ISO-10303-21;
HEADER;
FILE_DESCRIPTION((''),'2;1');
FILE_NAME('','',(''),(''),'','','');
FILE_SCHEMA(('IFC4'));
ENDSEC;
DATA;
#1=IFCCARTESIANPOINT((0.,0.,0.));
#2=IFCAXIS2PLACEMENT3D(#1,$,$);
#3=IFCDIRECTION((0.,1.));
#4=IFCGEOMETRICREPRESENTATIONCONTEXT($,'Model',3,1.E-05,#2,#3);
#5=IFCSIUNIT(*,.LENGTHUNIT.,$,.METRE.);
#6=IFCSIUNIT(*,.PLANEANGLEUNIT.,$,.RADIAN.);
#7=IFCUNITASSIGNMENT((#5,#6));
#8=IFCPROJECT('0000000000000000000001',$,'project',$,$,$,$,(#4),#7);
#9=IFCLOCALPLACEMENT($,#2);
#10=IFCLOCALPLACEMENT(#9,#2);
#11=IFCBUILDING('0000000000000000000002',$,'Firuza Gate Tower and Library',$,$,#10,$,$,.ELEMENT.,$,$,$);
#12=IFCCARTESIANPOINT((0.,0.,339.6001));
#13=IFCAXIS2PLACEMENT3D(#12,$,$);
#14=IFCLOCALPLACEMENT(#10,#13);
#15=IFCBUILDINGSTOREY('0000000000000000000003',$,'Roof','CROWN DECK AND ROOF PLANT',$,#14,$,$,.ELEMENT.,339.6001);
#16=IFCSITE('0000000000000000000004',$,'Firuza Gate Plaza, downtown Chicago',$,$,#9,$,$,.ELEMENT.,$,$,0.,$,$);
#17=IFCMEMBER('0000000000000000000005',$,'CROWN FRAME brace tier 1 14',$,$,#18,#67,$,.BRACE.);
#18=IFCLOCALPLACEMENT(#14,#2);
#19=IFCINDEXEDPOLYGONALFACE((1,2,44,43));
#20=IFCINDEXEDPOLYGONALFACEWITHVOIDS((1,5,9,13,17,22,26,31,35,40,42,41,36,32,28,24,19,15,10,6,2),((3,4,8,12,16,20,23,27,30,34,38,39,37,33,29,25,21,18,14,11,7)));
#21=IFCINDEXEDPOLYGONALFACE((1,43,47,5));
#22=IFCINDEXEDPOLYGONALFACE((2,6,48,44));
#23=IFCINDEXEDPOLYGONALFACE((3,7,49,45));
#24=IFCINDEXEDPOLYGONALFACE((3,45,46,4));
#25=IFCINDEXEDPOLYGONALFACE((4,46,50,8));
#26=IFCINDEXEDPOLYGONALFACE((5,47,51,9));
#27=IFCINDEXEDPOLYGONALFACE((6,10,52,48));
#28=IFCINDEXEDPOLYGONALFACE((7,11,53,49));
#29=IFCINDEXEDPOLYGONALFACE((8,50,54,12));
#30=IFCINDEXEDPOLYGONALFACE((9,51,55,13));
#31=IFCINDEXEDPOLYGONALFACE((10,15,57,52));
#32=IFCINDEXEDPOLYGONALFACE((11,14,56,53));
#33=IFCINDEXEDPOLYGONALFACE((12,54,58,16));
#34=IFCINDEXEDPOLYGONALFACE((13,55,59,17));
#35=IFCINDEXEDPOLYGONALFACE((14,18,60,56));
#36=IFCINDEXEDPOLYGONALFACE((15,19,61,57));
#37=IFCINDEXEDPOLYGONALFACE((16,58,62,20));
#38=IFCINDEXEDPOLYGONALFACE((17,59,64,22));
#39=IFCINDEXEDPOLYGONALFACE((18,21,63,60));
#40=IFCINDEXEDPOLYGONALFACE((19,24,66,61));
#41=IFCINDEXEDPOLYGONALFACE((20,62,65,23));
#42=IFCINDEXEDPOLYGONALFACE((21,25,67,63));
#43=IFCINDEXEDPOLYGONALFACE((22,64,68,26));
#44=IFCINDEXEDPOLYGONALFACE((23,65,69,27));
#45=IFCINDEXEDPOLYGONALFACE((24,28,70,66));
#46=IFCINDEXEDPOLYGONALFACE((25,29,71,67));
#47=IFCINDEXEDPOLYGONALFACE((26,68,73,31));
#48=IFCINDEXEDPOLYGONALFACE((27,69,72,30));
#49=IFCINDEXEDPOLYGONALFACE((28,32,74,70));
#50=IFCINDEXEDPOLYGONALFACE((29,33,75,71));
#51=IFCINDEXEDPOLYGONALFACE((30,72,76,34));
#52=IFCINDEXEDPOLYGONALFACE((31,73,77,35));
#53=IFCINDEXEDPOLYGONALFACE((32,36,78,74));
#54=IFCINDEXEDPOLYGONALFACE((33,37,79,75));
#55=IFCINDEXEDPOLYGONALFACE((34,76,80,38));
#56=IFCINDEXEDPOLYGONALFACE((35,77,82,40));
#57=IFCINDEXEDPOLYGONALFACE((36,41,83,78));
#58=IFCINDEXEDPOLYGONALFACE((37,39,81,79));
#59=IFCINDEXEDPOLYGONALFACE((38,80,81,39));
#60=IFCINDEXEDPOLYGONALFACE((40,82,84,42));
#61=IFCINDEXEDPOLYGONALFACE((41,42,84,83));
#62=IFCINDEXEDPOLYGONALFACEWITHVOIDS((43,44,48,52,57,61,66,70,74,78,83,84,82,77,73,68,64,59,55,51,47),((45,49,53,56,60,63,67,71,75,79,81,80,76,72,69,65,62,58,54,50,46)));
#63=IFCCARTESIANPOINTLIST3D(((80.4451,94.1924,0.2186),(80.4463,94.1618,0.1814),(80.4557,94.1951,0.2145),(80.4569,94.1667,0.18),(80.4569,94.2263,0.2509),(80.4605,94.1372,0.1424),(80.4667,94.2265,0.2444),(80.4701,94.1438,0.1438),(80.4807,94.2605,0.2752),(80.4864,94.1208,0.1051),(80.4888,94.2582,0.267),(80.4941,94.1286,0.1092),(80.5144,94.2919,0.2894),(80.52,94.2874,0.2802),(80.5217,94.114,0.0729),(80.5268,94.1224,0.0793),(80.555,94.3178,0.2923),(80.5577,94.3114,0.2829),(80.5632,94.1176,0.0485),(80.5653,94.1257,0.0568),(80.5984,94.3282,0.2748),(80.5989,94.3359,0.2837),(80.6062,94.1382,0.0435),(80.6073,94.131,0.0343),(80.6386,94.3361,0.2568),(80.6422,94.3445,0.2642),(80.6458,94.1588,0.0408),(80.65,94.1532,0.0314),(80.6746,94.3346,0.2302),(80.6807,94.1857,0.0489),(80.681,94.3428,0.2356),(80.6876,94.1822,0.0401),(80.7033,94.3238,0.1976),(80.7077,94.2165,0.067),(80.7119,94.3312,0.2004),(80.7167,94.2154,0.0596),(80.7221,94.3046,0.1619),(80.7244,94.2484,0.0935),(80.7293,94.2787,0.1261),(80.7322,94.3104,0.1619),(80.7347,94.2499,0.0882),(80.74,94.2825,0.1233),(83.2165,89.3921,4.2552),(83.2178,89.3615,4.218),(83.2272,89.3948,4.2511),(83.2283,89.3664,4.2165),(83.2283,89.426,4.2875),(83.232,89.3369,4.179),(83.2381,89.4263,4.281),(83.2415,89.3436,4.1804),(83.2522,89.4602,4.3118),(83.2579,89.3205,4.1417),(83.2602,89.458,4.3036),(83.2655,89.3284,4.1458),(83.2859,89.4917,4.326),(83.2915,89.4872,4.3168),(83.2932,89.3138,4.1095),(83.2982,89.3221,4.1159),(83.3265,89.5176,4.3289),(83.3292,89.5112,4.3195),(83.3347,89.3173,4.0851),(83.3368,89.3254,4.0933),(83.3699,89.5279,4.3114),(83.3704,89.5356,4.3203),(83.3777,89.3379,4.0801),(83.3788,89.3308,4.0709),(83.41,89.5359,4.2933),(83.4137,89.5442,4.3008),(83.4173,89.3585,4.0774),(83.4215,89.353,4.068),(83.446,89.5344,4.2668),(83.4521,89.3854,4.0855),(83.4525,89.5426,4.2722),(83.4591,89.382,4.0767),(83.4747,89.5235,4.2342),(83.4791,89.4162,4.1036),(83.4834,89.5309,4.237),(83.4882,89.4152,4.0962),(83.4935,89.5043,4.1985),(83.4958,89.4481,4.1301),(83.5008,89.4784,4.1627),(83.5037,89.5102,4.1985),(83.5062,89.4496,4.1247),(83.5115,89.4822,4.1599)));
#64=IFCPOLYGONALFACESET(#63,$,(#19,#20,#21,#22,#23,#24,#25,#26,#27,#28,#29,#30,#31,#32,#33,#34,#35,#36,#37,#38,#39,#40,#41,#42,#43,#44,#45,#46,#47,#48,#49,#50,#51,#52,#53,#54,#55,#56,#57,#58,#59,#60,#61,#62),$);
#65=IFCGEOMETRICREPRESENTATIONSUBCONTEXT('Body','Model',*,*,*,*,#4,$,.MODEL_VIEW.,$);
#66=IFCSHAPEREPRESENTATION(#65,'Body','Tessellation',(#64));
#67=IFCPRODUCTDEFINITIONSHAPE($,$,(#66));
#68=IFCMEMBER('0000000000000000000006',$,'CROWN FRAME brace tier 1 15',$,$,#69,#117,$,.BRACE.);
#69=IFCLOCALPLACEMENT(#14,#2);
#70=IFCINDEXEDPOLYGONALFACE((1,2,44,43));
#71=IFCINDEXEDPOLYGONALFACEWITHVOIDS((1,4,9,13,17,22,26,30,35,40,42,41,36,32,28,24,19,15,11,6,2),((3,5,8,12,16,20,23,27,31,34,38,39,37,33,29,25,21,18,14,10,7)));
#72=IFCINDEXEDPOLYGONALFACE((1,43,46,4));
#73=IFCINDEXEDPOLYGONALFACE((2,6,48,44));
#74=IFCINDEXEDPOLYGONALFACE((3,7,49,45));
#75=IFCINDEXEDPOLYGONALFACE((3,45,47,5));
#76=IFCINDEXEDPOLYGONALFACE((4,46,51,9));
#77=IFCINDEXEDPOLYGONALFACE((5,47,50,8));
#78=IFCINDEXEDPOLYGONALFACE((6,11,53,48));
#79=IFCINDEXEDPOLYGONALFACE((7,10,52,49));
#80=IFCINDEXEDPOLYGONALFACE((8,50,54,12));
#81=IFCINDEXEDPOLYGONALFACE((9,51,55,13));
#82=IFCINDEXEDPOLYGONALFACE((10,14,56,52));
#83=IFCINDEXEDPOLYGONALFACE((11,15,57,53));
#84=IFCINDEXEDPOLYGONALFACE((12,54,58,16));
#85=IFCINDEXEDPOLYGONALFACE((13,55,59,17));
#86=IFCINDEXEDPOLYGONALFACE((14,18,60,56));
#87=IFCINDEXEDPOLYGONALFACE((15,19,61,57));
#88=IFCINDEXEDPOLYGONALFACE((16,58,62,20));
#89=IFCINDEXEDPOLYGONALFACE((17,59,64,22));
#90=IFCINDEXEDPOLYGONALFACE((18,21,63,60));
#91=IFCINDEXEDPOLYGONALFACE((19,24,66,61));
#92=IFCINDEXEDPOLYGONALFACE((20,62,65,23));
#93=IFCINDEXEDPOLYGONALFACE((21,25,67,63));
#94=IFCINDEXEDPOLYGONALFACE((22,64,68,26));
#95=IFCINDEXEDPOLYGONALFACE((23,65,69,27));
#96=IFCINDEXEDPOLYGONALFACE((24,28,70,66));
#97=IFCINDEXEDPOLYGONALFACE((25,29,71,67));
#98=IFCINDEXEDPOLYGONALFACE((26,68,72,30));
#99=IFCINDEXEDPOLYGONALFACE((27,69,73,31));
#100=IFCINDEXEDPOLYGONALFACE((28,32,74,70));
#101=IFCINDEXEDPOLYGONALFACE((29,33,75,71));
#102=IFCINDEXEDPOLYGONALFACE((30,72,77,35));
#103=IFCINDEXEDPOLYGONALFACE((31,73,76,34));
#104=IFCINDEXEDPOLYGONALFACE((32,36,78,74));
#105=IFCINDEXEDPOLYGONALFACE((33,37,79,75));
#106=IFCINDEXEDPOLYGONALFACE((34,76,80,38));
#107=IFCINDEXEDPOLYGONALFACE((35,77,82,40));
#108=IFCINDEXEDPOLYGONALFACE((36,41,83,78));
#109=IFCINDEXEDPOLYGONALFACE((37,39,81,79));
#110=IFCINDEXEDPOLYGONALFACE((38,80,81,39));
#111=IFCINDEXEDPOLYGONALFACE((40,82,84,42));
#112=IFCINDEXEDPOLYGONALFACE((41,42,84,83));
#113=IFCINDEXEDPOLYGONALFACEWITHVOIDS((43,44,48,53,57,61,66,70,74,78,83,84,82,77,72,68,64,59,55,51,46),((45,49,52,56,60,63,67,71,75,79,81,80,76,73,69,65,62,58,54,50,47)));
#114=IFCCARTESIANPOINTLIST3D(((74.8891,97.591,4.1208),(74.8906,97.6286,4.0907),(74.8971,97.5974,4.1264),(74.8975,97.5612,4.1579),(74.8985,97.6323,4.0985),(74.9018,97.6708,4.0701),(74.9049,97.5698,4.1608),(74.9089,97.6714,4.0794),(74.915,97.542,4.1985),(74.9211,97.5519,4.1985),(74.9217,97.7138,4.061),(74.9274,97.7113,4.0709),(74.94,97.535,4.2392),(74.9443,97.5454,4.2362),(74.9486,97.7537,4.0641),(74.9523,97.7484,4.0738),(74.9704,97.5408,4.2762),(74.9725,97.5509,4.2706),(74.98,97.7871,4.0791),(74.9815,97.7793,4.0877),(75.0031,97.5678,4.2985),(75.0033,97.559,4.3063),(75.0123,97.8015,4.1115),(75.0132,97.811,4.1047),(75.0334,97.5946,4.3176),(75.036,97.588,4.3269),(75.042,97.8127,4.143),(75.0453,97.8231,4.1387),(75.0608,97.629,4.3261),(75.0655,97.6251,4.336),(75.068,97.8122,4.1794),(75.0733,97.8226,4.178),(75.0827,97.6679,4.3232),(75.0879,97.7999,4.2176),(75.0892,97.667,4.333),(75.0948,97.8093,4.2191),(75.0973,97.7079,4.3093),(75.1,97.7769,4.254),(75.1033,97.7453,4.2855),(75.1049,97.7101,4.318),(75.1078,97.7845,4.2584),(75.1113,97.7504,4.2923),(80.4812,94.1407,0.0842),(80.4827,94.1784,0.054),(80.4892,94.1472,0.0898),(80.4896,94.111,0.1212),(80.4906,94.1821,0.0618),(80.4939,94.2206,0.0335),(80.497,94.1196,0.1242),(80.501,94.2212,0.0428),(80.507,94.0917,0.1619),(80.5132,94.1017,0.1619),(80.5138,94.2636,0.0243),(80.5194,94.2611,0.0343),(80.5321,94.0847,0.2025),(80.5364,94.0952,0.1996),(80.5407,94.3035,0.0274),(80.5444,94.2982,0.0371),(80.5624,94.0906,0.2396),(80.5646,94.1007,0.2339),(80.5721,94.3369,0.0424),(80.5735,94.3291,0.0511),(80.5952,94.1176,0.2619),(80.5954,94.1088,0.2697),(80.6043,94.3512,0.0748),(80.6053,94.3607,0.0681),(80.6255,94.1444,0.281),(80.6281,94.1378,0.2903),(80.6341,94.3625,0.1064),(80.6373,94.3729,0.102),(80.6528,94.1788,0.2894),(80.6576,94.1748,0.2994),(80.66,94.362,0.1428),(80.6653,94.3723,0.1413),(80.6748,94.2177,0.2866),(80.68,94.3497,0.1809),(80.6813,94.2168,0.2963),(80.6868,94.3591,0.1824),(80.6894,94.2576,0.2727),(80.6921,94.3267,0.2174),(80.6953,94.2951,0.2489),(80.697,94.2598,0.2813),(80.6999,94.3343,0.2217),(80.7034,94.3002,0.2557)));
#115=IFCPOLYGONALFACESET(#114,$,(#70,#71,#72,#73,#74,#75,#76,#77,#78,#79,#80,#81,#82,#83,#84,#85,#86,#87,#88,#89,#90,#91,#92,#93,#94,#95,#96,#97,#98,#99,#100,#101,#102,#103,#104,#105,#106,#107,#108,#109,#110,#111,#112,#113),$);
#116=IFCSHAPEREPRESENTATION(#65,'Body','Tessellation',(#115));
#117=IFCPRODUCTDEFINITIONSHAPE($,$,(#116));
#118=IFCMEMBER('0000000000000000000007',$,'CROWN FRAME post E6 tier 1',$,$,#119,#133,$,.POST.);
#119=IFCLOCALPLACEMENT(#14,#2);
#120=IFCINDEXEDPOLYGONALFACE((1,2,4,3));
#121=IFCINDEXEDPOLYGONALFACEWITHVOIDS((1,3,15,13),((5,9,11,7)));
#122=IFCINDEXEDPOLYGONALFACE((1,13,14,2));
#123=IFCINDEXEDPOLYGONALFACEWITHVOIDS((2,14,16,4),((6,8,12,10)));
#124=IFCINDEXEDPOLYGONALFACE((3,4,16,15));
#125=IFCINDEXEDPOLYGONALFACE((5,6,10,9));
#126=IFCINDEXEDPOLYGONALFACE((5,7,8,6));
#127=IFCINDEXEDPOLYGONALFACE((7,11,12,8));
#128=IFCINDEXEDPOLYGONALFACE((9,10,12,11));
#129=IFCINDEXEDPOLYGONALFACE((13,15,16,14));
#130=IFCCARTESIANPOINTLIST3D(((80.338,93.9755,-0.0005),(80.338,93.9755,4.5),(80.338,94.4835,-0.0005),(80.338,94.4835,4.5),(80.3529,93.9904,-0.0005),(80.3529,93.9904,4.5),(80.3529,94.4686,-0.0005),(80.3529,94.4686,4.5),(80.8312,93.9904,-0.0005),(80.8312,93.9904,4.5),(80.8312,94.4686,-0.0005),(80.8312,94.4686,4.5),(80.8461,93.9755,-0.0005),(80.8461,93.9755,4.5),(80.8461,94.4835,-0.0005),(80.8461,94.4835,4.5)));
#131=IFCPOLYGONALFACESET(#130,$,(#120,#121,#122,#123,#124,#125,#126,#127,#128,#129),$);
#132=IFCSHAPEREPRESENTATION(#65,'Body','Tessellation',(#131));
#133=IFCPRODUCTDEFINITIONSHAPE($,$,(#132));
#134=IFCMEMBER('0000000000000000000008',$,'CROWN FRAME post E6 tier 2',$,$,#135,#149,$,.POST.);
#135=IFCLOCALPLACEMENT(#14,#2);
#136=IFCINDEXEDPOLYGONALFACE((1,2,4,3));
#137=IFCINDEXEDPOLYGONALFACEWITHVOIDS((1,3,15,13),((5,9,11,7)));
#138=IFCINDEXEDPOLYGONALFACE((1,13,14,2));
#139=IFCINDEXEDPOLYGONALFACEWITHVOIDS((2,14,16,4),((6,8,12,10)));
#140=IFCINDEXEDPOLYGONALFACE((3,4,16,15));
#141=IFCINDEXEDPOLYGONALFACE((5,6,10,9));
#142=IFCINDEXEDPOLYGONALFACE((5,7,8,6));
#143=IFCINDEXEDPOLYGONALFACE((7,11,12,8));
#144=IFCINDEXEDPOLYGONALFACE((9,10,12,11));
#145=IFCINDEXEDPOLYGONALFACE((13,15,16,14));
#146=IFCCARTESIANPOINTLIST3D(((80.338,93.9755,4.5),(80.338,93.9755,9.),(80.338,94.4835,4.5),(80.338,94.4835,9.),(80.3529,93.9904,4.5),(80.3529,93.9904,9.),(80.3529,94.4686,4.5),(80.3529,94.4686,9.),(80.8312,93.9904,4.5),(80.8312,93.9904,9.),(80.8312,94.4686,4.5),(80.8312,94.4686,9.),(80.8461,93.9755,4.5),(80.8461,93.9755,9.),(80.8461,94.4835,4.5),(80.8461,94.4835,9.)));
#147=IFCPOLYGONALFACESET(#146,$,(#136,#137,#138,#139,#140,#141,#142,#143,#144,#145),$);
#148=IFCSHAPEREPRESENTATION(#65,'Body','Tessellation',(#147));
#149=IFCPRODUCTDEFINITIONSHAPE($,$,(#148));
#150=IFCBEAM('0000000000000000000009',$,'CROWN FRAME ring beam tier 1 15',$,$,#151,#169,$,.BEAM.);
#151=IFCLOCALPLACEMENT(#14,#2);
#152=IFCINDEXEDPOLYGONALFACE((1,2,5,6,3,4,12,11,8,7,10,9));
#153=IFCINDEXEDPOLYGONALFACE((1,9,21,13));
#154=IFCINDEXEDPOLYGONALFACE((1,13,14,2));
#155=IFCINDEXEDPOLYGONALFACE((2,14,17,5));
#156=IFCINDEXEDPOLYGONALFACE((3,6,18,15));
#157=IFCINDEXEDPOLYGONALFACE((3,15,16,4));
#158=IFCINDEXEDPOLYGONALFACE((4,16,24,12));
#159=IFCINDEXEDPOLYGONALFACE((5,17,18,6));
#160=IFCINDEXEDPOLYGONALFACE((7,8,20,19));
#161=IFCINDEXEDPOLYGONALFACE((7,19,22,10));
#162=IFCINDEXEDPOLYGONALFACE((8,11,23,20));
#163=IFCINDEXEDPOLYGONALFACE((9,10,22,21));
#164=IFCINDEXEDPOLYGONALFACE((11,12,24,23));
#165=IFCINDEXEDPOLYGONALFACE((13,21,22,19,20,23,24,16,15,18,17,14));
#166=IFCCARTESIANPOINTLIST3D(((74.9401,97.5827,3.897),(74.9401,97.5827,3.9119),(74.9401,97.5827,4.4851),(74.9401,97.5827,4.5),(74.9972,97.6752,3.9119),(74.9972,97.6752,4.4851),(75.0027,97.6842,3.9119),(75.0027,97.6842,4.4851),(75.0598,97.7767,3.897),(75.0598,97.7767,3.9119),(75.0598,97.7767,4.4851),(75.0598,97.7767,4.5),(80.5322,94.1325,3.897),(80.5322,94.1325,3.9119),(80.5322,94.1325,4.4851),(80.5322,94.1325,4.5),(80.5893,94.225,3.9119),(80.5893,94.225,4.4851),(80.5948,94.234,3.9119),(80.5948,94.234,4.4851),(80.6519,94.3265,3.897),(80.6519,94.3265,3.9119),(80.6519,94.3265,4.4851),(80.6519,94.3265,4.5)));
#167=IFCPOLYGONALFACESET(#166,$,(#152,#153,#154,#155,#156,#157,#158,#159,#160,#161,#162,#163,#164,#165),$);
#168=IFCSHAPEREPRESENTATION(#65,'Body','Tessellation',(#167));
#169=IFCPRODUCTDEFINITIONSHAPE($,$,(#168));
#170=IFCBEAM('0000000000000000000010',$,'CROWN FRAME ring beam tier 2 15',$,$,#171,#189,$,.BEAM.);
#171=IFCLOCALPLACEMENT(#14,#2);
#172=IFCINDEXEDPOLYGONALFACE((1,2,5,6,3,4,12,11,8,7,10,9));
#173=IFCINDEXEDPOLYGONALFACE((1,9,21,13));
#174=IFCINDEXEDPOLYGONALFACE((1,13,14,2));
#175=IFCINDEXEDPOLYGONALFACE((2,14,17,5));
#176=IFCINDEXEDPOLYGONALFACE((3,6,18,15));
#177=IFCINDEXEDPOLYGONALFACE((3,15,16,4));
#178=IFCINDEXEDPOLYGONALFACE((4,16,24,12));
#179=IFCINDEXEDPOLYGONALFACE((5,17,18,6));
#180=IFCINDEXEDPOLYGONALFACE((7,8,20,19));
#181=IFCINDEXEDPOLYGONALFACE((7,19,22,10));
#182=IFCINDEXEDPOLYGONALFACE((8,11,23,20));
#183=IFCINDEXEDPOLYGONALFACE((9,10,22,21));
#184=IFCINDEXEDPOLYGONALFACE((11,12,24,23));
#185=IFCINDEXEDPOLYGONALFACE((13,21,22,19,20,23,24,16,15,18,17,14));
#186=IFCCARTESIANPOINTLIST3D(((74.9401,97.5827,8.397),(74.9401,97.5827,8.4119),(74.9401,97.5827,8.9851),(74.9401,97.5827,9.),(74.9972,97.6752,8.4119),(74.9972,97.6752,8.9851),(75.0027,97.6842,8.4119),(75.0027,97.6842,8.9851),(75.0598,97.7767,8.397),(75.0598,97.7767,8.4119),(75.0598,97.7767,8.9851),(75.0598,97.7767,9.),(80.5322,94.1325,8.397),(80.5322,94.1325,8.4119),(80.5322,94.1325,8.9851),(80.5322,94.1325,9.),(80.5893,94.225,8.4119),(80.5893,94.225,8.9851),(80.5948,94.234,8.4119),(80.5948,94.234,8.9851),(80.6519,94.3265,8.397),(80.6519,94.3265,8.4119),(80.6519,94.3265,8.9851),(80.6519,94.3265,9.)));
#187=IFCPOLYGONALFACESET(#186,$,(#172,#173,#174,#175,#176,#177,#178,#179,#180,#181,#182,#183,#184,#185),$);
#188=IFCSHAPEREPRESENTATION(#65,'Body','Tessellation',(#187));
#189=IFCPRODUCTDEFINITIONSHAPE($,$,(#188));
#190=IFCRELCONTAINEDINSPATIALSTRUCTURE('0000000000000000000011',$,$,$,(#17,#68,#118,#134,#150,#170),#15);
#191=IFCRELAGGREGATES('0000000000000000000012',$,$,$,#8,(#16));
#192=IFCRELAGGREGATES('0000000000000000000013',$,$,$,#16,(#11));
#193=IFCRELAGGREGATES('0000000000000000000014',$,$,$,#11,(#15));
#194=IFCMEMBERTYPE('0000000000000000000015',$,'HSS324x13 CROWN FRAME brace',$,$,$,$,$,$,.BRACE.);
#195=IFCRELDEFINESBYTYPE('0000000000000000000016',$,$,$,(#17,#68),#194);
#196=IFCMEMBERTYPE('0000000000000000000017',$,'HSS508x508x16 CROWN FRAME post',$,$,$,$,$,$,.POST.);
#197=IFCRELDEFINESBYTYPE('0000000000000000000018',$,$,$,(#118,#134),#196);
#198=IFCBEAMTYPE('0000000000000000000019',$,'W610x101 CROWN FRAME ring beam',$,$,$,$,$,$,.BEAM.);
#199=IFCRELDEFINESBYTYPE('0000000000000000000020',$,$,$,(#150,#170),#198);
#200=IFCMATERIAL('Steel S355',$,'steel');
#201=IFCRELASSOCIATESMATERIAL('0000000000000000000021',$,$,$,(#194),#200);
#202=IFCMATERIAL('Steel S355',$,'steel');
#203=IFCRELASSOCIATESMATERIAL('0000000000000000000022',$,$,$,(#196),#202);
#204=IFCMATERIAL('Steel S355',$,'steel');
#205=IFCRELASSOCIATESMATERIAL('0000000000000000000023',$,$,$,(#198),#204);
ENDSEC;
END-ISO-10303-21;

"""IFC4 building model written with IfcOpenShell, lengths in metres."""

from ifc_helpers import new_model, si_unit, direction, frame, origin, origin_2d, place, context, subcontext, project, spatial, hollow_rectangle, hollow_circle, i_section, extrude, material, material_profile, profile_set, type_object, element, save


model = new_model("IFC4")

# Units and contexts
model_context = context("Model", 3, precision=1e-05, world=origin(), true_north=direction((0.0, 1.0)))
body_context = subcontext(model_context, "Body", "Model", "MODEL_VIEW")
ifc_project = project(units=[si_unit("LENGTHUNIT", "METRE"), si_unit("PLANEANGLEUNIT", "RADIAN")], contexts=[model_context])

# Site, building, storey
site_placement = place(None, origin())
site = spatial("IfcSite", under=ifc_project, at=site_placement, Name="Firuza Gate Plaza, downtown Chicago", CompositionType="ELEMENT", RefElevation=0.0)
building_placement = place(site_placement, origin())
building = spatial("IfcBuilding", under=site, at=building_placement, Name="Firuza Gate Tower and Library", CompositionType="ELEMENT")
storey_placement = place(building_placement, frame((0.0, 0.0, 339.6001)))
storey = spatial("IfcBuildingStorey", under=building, at=storey_placement, Name="Roof", Description="CROWN DECK AND ROOF PLANT", CompositionType="ELEMENT", Elevation=339.6001)

# Members
ifc_material_1 = material(Name="Steel S355", Category="steel")
ifc_material_profile_1 = material_profile(ifc_material_1, hollow_circle(Radius=0.1619, WallThickness=0.0117, at=origin_2d()))
ifc_profile_set_1 = profile_set([ifc_material_profile_1], Name="Steel S355")
member_type_1 = type_object("IfcMemberType", Name="HSS324x13 CROWN FRAME brace", PredefinedType="BRACE", material=ifc_profile_set_1)
member_1_placement = place(storey_placement, frame((80.592, 94.2295, 0.1619), z_axis=(0.404184, -0.700059, 0.588687), x_axis=(0.866023, 0.500005, 0.0)))
element("IfcMember", 1, at=member_1_placement, inside=storey, type_object=member_type_1, Name="CROWN FRAME brace tier 1 14", PredefinedType="BRACE", context=body_context, shape_type="SweptSolid", body=[
    extrude(hollow_circle(Radius=0.1619, WallThickness=0.0117, at=origin_2d()), origin(), (0.0, 0.0, 1.0), 6.8569),
])
member_2_placement = place(storey_placement, frame((80.592, 94.2295, 0.1619), z_axis=(-0.725145, 0.447402, 0.523447), x_axis=(-0.525084, -0.85105, 0.0)))
element("IfcMember", 2, at=member_2_placement, inside=storey, type_object=member_type_1, Name="CROWN FRAME brace tier 1 15", PredefinedType="BRACE", context=body_context, shape_type="SweptSolid", body=[
    extrude(hollow_circle(Radius=0.1619, WallThickness=0.0117, at=origin_2d()), origin(), (0.0, 0.0, 1.0), 7.7117),
])
ifc_material_2 = material(Name="Steel S355", Category="steel")
ifc_material_profile_2 = material_profile(ifc_material_2, hollow_rectangle(XDim=0.5081, YDim=0.5081, WallThickness=0.0149, at=origin_2d()))
ifc_profile_set_2 = profile_set([ifc_material_profile_2], Name="Steel S355")
member_type_2 = type_object("IfcMemberType", Name="HSS508x508x16 CROWN FRAME post", PredefinedType="POST", material=ifc_profile_set_2)
member_3_placement = place(storey_placement, frame((80.592, 94.2295, -0.0005), z_axis=(0.0, 0.0, 1.0), x_axis=(1.0, 0.0, 0.0)))
element("IfcMember", 3, at=member_3_placement, inside=storey, type_object=member_type_2, Name="CROWN FRAME post E6 tier 1", PredefinedType="POST", context=body_context, shape_type="SweptSolid", body=[
    extrude(hollow_rectangle(XDim=0.5081, YDim=0.5081, WallThickness=0.0149, at=origin_2d()), origin(), (0.0, 0.0, 1.0), 4.5005),
])
member_4_placement = place(storey_placement, frame((80.592, 94.2295, 4.5), z_axis=(0.0, 0.0, 1.0), x_axis=(1.0, 0.0, 0.0)))
element("IfcMember", 4, at=member_4_placement, inside=storey, type_object=member_type_2, Name="CROWN FRAME post E6 tier 2", PredefinedType="POST", context=body_context, shape_type="SweptSolid", body=[
    extrude(hollow_rectangle(XDim=0.5081, YDim=0.5081, WallThickness=0.0149, at=origin_2d()), origin(), (0.0, 0.0, 1.0), 4.5),
])

# Beams
ifc_material_3 = material(Name="Steel S355", Category="steel")
ifc_material_profile_3 = material_profile(ifc_material_3, i_section(OverallWidth=0.228, OverallDepth=0.603, WebThickness=0.0105, FlangeThickness=0.0149, at=origin_2d()))
ifc_profile_set_3 = profile_set([ifc_material_profile_3], Name="Steel S355")
beam_type = type_object("IfcBeamType", Name="W610x101 CROWN FRAME ring beam", PredefinedType="BEAM", material=ifc_profile_set_3)
for number, where, z_axis, x_axis, name in (
    (5, (80.592, 94.2295, 4.1985), (-0.85105, 0.525084, 0.0), (-0.525084, -0.85105, 0.0), "CROWN FRAME ring beam tier 1 15"),
    (6, (80.592, 94.2295, 8.6985), (-0.85105, 0.525084, 0.0), (-0.525084, -0.85105, 0.0), "CROWN FRAME ring beam tier 2 15"),
):
    element("IfcBeam", number, at=place(storey_placement, frame(where, z_axis=z_axis, x_axis=x_axis)), inside=storey, type_object=beam_type, Name=name, PredefinedType="BEAM", context=body_context, shape_type="SweptSolid", body=[
        extrude(i_section(OverallWidth=0.228, OverallDepth=0.603, WebThickness=0.0105, FlangeThickness=0.0149, at=origin_2d()), origin(), (0.0, 0.0, 1.0), 6.5708),
    ])

save(model, "model.ifc")
